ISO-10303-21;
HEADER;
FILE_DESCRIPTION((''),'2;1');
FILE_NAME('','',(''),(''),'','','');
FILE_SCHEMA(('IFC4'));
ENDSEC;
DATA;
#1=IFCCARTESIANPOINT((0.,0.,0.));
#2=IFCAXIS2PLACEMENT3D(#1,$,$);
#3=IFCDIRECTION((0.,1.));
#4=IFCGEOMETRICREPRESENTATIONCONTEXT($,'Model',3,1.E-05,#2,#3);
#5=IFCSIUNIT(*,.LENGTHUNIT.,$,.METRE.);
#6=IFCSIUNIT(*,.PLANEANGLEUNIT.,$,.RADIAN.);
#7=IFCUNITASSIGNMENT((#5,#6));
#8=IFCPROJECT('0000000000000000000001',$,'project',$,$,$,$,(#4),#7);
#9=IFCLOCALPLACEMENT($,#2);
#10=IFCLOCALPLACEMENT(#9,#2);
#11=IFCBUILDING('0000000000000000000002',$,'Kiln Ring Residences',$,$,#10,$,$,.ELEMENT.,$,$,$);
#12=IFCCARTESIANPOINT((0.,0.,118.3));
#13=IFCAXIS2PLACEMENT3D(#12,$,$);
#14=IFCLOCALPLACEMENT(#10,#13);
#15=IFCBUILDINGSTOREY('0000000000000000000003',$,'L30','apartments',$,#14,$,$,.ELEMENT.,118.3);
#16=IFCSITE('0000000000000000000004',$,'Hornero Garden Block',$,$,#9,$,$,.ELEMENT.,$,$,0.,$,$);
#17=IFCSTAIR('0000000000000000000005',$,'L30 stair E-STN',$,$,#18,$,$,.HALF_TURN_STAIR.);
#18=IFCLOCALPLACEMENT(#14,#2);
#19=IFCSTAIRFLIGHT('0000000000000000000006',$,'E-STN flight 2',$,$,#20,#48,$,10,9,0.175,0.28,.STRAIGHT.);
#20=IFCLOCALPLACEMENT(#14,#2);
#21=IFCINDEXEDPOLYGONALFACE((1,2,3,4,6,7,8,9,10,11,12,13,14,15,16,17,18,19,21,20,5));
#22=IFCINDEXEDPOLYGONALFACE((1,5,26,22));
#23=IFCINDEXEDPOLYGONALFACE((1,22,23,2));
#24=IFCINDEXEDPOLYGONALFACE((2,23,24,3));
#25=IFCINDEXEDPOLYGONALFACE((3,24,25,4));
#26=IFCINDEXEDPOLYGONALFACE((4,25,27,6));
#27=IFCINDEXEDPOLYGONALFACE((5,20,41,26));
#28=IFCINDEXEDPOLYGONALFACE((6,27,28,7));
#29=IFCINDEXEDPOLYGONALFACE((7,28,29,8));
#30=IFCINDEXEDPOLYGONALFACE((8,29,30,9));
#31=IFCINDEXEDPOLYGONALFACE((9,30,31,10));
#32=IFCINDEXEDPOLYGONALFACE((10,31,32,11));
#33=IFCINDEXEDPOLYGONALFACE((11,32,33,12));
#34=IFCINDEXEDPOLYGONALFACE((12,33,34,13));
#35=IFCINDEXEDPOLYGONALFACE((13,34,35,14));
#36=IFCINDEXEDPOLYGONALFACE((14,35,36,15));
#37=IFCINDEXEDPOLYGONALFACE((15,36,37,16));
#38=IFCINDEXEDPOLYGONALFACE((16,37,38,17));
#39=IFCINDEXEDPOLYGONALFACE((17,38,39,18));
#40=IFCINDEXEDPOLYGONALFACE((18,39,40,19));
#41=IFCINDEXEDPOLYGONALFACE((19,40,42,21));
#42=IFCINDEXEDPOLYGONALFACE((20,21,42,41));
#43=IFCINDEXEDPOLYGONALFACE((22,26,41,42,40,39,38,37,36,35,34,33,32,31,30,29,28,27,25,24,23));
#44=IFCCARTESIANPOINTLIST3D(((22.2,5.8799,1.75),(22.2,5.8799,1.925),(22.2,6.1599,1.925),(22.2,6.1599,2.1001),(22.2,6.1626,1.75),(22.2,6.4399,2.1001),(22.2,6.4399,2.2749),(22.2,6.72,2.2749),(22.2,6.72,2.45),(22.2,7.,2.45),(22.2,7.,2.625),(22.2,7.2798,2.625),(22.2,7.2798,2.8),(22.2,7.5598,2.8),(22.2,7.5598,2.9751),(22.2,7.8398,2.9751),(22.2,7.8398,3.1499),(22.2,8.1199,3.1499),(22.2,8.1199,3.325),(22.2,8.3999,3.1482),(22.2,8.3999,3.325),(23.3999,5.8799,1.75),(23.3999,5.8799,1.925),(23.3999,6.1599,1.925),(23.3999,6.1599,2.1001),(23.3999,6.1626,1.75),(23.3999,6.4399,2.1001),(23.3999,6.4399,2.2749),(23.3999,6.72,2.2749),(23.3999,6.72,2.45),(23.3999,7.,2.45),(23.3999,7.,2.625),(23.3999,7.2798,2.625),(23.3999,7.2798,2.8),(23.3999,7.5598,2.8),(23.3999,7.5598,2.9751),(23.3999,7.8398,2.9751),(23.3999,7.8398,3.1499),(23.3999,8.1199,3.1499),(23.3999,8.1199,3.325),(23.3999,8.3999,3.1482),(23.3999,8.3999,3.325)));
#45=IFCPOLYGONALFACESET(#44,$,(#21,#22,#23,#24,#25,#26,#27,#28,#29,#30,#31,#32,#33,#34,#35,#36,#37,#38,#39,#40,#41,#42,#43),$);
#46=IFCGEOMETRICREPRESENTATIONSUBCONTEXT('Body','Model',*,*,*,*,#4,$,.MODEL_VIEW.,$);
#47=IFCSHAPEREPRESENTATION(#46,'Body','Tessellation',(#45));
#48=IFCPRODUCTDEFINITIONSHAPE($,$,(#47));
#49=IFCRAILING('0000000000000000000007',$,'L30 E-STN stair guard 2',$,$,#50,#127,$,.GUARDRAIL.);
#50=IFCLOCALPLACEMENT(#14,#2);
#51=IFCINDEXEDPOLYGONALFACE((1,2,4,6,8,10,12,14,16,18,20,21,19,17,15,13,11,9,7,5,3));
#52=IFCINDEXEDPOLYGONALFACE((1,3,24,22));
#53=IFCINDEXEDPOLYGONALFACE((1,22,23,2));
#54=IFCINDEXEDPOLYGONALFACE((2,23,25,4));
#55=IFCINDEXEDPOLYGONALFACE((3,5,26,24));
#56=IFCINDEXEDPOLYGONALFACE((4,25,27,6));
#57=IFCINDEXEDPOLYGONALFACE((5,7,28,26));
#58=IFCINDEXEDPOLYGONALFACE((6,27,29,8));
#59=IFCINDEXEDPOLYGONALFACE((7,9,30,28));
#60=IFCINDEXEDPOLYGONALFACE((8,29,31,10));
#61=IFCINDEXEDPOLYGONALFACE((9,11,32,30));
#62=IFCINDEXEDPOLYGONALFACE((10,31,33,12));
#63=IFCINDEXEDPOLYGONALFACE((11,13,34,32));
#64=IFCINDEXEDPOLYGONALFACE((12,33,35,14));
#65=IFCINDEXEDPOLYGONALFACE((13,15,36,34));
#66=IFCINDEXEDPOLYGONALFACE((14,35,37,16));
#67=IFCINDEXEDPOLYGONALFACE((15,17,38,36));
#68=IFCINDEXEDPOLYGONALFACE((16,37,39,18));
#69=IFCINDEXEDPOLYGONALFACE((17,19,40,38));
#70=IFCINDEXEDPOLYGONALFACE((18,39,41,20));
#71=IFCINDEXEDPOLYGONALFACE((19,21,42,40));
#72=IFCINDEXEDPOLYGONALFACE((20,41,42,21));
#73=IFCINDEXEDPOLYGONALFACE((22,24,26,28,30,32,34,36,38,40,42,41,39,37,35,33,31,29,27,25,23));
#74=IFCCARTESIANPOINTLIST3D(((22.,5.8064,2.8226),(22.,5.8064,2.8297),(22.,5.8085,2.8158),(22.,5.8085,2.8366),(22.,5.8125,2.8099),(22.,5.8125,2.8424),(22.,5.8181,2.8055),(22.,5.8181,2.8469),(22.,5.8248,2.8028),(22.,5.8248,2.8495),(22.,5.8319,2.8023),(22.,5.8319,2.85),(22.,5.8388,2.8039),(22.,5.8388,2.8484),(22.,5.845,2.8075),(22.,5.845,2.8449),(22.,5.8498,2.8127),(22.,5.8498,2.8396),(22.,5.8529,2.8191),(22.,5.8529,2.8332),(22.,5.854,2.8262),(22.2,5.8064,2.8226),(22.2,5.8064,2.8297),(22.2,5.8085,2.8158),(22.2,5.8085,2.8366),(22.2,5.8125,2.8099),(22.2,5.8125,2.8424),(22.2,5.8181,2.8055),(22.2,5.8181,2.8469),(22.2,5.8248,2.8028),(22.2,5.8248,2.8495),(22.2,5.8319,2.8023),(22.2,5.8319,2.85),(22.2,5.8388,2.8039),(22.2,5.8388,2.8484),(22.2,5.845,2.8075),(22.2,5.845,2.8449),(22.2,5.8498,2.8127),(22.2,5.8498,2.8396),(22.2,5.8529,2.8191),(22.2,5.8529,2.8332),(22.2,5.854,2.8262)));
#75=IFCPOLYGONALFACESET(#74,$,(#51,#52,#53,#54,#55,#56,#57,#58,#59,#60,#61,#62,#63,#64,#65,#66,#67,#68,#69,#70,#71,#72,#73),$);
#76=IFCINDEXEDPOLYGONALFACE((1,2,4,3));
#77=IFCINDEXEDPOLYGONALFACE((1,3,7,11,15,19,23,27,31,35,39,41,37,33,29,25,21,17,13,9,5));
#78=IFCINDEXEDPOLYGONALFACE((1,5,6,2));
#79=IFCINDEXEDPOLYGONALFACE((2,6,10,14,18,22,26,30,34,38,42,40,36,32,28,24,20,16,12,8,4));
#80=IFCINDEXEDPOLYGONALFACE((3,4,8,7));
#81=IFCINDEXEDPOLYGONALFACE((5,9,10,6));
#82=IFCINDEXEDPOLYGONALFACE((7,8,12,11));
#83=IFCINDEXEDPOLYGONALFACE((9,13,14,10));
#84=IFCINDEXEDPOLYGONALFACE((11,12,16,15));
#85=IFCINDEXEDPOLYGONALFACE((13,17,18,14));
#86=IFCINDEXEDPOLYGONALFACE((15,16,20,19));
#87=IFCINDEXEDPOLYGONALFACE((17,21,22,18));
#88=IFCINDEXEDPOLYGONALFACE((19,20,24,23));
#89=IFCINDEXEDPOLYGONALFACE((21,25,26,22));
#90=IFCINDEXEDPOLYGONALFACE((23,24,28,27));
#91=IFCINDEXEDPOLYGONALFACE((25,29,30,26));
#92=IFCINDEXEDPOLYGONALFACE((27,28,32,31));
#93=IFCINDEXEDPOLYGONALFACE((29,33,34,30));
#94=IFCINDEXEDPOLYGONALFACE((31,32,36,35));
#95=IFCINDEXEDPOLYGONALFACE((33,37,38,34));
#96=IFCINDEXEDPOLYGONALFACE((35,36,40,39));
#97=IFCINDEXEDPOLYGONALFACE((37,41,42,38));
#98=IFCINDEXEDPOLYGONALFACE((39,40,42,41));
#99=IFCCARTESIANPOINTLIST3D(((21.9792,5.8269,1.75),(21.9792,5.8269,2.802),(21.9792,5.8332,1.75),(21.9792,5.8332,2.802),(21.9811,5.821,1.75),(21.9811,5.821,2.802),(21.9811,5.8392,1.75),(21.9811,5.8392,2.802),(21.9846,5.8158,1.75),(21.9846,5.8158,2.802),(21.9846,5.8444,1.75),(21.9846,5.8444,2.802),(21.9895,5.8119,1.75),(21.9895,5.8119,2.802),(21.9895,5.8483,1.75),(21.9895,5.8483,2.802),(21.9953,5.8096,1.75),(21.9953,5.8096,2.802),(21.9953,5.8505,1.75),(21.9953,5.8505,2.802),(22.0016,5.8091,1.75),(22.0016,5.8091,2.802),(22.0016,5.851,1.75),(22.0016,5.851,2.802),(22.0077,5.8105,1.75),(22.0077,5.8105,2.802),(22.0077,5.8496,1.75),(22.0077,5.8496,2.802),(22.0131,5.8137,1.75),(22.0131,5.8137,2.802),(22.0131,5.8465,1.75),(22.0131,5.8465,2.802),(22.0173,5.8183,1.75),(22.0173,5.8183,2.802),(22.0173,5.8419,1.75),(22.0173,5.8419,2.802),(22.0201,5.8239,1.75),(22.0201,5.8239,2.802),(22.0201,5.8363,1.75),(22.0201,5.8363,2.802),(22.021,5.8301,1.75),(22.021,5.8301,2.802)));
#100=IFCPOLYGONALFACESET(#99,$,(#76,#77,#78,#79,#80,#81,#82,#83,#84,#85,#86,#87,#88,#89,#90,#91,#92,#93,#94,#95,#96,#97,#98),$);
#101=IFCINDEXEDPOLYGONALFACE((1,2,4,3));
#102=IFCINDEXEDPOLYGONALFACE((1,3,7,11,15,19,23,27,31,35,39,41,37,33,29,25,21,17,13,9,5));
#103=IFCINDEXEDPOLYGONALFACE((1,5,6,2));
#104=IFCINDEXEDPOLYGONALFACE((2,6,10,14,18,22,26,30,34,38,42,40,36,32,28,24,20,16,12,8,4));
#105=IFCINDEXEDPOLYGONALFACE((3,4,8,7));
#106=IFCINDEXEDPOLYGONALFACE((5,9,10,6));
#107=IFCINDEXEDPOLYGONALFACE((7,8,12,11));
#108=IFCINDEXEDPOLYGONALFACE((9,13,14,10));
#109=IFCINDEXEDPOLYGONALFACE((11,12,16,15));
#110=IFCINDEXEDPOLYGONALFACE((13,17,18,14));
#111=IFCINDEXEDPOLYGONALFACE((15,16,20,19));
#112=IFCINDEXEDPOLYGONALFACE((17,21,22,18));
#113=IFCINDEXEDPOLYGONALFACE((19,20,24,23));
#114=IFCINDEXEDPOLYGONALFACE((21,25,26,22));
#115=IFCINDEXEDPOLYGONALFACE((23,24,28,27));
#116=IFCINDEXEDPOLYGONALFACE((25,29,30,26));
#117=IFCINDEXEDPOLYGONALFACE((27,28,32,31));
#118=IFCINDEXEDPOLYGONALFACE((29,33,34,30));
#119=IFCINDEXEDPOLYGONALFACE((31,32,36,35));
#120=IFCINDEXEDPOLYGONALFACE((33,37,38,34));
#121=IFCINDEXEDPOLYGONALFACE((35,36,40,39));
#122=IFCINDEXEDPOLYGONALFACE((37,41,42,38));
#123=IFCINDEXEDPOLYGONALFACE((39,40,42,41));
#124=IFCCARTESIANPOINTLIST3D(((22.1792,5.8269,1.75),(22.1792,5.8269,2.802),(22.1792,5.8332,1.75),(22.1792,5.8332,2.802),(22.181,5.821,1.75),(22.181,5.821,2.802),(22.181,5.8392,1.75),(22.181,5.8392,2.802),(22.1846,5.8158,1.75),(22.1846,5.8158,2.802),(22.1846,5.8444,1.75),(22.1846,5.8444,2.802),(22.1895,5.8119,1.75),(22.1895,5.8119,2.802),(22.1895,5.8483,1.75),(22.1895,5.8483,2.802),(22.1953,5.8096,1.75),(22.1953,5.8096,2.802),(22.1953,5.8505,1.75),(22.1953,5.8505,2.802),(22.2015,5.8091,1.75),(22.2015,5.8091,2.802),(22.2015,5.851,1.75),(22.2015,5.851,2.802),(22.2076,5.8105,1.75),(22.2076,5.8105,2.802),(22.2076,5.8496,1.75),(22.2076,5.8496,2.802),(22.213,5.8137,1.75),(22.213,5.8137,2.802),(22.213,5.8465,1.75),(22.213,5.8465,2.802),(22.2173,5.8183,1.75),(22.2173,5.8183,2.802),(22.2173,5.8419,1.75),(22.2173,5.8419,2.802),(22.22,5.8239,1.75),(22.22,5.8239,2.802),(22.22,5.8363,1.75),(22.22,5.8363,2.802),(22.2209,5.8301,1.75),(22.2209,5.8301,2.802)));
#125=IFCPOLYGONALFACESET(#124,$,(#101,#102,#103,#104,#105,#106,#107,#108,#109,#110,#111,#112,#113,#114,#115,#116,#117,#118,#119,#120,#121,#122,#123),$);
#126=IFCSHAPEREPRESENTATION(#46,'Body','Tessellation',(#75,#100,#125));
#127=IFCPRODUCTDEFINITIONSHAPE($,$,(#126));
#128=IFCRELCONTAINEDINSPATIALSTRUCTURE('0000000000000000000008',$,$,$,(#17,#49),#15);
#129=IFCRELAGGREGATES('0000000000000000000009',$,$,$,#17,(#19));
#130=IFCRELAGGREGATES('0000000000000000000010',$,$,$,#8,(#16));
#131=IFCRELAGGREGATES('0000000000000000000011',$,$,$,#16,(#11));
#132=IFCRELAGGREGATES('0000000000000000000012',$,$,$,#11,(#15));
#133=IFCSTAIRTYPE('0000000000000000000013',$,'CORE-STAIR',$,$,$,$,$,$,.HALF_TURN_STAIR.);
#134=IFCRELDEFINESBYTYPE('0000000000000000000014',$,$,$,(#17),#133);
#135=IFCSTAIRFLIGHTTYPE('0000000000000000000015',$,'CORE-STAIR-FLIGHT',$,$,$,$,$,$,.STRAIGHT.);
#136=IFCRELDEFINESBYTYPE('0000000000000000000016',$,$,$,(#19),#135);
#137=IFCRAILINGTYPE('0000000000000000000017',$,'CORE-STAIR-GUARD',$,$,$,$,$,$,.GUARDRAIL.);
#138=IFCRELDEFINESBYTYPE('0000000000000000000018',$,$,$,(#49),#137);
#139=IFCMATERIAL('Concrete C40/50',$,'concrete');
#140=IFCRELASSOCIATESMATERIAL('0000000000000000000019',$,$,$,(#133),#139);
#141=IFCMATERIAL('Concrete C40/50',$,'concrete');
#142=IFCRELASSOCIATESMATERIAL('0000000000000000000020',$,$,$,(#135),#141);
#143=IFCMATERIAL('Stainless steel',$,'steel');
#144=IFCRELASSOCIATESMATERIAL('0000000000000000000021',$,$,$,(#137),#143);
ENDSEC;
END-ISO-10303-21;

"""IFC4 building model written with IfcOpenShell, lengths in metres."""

from ifc_helpers import new_model, si_unit, direction, frame, origin, origin_2d, place, context, subcontext, project, spatial, polyline, circle, outline, extrude, material, type_object, element, aggregate, save


model = new_model("IFC4")

# Units and contexts
model_context = context("Model", 3, precision=1e-05, world=origin(), true_north=direction((0.0, 1.0)))
body_context = subcontext(model_context, "Body", "Model", "MODEL_VIEW")
ifc_project = project(units=[si_unit("LENGTHUNIT", "METRE"), si_unit("PLANEANGLEUNIT", "RADIAN")], contexts=[model_context])

# Site, building, storey
site_placement = place(None, origin())
site = spatial("IfcSite", under=ifc_project, at=site_placement, Name="Hornero Garden Block", CompositionType="ELEMENT", RefElevation=0.0)
building_placement = place(site_placement, origin())
building = spatial("IfcBuilding", under=site, at=building_placement, Name="Kiln Ring Residences", CompositionType="ELEMENT")
storey_placement = place(building_placement, frame((0.0, 0.0, 118.3)))
storey = spatial("IfcBuildingStorey", under=building, at=storey_placement, Name="L30", Description="apartments", CompositionType="ELEMENT", Elevation=118.3)

# Stair, stair flight
ifc_material_1 = material(Name="Concrete C40/50", Category="concrete")
stair_type = type_object("IfcStairType", Name="CORE-STAIR", PredefinedType="HALF_TURN_STAIR", material=ifc_material_1)
stair_placement = place(storey_placement, origin())
stair = element("IfcStair", 1, at=stair_placement, inside=storey, type_object=stair_type, Name="L30 stair E-STN", PredefinedType="HALF_TURN_STAIR")
ifc_material_2 = material(Name="Concrete C40/50", Category="concrete")
stair_flight_type = type_object("IfcStairFlightType", Name="CORE-STAIR-FLIGHT", PredefinedType="STRAIGHT", material=ifc_material_2)
stair_flight_1_placement = place(storey_placement, frame((22.8, 5.8799, 1.75), z_axis=(0.0, 0.0, 1.0), x_axis=(0.0, 1.0, 0.0)))
stair_flight_1 = element("IfcStairFlight", 2, at=stair_flight_1_placement, type_object=stair_flight_type, Name="E-STN flight 2", NumberOfRisers=10, NumberOfTreads=9, PredefinedType="STRAIGHT", RiserHeight=0.175, TreadLength=0.28, context=body_context, shape_type="SweptSolid", body=[
    extrude(outline(polyline([(0.0, 0.0), (0.0, 0.175), (0.28, 0.175), (0.28, 0.3501), (0.5601, 0.3501), (0.5601, 0.5249), (0.8401, 0.5249), (0.8401, 0.7), (1.1201, 0.7), (1.1201, 0.875), (1.3999, 0.875), (1.3999, 1.05), (1.6799, 1.05), (1.6799, 1.2251), (1.96, 1.2251), (1.96, 1.3999), (2.24, 1.3999), (2.24, 1.575), (2.52, 1.575), (2.52, 1.75), (2.52, 1.3982), (0.2827, 0.0), (0.0, 0.0)])), frame((0.0, 0.6001, 0.0), z_axis=(0.0, -1.0, 0.0), x_axis=(1.0, 0.0, 0.0)), (0.0, 0.0, 1.0), 1.2),
])
aggregate(stair, [stair_flight_1])

# Railing
ifc_material_3 = material(Name="Stainless steel", Category="steel")
railing_type_1 = type_object("IfcRailingType", Name="CORE-STAIR-GUARD", PredefinedType="GUARDRAIL", material=ifc_material_3)
railing_1_placement = place(storey_placement, frame((22.0, 5.8301, 1.75)))
element("IfcRailing", 3, at=railing_1_placement, inside=storey, type_object=railing_type_1, Name="L30 E-STN stair guard 2", PredefinedType="GUARDRAIL", context=body_context, shape_type="SweptSolid", body=[
    extrude(circle(Radius=0.0239, at=origin_2d()), frame((0.0, 0.0, 1.0762), z_axis=(1.0, 0.0, 0.0), x_axis=(0.0, 1.0, 0.0)), (0.0, 0.0, 1.0), 0.2),
    extrude(circle(Radius=0.021, at=origin_2d()), origin(), (0.0, 0.0, 1.0), 1.052),
    extrude(circle(Radius=0.021, at=origin_2d()), frame((0.2, 0.0, 0.0)), (0.0, 0.0, 1.0), 1.052),
])

save(model, "model.ifc")
